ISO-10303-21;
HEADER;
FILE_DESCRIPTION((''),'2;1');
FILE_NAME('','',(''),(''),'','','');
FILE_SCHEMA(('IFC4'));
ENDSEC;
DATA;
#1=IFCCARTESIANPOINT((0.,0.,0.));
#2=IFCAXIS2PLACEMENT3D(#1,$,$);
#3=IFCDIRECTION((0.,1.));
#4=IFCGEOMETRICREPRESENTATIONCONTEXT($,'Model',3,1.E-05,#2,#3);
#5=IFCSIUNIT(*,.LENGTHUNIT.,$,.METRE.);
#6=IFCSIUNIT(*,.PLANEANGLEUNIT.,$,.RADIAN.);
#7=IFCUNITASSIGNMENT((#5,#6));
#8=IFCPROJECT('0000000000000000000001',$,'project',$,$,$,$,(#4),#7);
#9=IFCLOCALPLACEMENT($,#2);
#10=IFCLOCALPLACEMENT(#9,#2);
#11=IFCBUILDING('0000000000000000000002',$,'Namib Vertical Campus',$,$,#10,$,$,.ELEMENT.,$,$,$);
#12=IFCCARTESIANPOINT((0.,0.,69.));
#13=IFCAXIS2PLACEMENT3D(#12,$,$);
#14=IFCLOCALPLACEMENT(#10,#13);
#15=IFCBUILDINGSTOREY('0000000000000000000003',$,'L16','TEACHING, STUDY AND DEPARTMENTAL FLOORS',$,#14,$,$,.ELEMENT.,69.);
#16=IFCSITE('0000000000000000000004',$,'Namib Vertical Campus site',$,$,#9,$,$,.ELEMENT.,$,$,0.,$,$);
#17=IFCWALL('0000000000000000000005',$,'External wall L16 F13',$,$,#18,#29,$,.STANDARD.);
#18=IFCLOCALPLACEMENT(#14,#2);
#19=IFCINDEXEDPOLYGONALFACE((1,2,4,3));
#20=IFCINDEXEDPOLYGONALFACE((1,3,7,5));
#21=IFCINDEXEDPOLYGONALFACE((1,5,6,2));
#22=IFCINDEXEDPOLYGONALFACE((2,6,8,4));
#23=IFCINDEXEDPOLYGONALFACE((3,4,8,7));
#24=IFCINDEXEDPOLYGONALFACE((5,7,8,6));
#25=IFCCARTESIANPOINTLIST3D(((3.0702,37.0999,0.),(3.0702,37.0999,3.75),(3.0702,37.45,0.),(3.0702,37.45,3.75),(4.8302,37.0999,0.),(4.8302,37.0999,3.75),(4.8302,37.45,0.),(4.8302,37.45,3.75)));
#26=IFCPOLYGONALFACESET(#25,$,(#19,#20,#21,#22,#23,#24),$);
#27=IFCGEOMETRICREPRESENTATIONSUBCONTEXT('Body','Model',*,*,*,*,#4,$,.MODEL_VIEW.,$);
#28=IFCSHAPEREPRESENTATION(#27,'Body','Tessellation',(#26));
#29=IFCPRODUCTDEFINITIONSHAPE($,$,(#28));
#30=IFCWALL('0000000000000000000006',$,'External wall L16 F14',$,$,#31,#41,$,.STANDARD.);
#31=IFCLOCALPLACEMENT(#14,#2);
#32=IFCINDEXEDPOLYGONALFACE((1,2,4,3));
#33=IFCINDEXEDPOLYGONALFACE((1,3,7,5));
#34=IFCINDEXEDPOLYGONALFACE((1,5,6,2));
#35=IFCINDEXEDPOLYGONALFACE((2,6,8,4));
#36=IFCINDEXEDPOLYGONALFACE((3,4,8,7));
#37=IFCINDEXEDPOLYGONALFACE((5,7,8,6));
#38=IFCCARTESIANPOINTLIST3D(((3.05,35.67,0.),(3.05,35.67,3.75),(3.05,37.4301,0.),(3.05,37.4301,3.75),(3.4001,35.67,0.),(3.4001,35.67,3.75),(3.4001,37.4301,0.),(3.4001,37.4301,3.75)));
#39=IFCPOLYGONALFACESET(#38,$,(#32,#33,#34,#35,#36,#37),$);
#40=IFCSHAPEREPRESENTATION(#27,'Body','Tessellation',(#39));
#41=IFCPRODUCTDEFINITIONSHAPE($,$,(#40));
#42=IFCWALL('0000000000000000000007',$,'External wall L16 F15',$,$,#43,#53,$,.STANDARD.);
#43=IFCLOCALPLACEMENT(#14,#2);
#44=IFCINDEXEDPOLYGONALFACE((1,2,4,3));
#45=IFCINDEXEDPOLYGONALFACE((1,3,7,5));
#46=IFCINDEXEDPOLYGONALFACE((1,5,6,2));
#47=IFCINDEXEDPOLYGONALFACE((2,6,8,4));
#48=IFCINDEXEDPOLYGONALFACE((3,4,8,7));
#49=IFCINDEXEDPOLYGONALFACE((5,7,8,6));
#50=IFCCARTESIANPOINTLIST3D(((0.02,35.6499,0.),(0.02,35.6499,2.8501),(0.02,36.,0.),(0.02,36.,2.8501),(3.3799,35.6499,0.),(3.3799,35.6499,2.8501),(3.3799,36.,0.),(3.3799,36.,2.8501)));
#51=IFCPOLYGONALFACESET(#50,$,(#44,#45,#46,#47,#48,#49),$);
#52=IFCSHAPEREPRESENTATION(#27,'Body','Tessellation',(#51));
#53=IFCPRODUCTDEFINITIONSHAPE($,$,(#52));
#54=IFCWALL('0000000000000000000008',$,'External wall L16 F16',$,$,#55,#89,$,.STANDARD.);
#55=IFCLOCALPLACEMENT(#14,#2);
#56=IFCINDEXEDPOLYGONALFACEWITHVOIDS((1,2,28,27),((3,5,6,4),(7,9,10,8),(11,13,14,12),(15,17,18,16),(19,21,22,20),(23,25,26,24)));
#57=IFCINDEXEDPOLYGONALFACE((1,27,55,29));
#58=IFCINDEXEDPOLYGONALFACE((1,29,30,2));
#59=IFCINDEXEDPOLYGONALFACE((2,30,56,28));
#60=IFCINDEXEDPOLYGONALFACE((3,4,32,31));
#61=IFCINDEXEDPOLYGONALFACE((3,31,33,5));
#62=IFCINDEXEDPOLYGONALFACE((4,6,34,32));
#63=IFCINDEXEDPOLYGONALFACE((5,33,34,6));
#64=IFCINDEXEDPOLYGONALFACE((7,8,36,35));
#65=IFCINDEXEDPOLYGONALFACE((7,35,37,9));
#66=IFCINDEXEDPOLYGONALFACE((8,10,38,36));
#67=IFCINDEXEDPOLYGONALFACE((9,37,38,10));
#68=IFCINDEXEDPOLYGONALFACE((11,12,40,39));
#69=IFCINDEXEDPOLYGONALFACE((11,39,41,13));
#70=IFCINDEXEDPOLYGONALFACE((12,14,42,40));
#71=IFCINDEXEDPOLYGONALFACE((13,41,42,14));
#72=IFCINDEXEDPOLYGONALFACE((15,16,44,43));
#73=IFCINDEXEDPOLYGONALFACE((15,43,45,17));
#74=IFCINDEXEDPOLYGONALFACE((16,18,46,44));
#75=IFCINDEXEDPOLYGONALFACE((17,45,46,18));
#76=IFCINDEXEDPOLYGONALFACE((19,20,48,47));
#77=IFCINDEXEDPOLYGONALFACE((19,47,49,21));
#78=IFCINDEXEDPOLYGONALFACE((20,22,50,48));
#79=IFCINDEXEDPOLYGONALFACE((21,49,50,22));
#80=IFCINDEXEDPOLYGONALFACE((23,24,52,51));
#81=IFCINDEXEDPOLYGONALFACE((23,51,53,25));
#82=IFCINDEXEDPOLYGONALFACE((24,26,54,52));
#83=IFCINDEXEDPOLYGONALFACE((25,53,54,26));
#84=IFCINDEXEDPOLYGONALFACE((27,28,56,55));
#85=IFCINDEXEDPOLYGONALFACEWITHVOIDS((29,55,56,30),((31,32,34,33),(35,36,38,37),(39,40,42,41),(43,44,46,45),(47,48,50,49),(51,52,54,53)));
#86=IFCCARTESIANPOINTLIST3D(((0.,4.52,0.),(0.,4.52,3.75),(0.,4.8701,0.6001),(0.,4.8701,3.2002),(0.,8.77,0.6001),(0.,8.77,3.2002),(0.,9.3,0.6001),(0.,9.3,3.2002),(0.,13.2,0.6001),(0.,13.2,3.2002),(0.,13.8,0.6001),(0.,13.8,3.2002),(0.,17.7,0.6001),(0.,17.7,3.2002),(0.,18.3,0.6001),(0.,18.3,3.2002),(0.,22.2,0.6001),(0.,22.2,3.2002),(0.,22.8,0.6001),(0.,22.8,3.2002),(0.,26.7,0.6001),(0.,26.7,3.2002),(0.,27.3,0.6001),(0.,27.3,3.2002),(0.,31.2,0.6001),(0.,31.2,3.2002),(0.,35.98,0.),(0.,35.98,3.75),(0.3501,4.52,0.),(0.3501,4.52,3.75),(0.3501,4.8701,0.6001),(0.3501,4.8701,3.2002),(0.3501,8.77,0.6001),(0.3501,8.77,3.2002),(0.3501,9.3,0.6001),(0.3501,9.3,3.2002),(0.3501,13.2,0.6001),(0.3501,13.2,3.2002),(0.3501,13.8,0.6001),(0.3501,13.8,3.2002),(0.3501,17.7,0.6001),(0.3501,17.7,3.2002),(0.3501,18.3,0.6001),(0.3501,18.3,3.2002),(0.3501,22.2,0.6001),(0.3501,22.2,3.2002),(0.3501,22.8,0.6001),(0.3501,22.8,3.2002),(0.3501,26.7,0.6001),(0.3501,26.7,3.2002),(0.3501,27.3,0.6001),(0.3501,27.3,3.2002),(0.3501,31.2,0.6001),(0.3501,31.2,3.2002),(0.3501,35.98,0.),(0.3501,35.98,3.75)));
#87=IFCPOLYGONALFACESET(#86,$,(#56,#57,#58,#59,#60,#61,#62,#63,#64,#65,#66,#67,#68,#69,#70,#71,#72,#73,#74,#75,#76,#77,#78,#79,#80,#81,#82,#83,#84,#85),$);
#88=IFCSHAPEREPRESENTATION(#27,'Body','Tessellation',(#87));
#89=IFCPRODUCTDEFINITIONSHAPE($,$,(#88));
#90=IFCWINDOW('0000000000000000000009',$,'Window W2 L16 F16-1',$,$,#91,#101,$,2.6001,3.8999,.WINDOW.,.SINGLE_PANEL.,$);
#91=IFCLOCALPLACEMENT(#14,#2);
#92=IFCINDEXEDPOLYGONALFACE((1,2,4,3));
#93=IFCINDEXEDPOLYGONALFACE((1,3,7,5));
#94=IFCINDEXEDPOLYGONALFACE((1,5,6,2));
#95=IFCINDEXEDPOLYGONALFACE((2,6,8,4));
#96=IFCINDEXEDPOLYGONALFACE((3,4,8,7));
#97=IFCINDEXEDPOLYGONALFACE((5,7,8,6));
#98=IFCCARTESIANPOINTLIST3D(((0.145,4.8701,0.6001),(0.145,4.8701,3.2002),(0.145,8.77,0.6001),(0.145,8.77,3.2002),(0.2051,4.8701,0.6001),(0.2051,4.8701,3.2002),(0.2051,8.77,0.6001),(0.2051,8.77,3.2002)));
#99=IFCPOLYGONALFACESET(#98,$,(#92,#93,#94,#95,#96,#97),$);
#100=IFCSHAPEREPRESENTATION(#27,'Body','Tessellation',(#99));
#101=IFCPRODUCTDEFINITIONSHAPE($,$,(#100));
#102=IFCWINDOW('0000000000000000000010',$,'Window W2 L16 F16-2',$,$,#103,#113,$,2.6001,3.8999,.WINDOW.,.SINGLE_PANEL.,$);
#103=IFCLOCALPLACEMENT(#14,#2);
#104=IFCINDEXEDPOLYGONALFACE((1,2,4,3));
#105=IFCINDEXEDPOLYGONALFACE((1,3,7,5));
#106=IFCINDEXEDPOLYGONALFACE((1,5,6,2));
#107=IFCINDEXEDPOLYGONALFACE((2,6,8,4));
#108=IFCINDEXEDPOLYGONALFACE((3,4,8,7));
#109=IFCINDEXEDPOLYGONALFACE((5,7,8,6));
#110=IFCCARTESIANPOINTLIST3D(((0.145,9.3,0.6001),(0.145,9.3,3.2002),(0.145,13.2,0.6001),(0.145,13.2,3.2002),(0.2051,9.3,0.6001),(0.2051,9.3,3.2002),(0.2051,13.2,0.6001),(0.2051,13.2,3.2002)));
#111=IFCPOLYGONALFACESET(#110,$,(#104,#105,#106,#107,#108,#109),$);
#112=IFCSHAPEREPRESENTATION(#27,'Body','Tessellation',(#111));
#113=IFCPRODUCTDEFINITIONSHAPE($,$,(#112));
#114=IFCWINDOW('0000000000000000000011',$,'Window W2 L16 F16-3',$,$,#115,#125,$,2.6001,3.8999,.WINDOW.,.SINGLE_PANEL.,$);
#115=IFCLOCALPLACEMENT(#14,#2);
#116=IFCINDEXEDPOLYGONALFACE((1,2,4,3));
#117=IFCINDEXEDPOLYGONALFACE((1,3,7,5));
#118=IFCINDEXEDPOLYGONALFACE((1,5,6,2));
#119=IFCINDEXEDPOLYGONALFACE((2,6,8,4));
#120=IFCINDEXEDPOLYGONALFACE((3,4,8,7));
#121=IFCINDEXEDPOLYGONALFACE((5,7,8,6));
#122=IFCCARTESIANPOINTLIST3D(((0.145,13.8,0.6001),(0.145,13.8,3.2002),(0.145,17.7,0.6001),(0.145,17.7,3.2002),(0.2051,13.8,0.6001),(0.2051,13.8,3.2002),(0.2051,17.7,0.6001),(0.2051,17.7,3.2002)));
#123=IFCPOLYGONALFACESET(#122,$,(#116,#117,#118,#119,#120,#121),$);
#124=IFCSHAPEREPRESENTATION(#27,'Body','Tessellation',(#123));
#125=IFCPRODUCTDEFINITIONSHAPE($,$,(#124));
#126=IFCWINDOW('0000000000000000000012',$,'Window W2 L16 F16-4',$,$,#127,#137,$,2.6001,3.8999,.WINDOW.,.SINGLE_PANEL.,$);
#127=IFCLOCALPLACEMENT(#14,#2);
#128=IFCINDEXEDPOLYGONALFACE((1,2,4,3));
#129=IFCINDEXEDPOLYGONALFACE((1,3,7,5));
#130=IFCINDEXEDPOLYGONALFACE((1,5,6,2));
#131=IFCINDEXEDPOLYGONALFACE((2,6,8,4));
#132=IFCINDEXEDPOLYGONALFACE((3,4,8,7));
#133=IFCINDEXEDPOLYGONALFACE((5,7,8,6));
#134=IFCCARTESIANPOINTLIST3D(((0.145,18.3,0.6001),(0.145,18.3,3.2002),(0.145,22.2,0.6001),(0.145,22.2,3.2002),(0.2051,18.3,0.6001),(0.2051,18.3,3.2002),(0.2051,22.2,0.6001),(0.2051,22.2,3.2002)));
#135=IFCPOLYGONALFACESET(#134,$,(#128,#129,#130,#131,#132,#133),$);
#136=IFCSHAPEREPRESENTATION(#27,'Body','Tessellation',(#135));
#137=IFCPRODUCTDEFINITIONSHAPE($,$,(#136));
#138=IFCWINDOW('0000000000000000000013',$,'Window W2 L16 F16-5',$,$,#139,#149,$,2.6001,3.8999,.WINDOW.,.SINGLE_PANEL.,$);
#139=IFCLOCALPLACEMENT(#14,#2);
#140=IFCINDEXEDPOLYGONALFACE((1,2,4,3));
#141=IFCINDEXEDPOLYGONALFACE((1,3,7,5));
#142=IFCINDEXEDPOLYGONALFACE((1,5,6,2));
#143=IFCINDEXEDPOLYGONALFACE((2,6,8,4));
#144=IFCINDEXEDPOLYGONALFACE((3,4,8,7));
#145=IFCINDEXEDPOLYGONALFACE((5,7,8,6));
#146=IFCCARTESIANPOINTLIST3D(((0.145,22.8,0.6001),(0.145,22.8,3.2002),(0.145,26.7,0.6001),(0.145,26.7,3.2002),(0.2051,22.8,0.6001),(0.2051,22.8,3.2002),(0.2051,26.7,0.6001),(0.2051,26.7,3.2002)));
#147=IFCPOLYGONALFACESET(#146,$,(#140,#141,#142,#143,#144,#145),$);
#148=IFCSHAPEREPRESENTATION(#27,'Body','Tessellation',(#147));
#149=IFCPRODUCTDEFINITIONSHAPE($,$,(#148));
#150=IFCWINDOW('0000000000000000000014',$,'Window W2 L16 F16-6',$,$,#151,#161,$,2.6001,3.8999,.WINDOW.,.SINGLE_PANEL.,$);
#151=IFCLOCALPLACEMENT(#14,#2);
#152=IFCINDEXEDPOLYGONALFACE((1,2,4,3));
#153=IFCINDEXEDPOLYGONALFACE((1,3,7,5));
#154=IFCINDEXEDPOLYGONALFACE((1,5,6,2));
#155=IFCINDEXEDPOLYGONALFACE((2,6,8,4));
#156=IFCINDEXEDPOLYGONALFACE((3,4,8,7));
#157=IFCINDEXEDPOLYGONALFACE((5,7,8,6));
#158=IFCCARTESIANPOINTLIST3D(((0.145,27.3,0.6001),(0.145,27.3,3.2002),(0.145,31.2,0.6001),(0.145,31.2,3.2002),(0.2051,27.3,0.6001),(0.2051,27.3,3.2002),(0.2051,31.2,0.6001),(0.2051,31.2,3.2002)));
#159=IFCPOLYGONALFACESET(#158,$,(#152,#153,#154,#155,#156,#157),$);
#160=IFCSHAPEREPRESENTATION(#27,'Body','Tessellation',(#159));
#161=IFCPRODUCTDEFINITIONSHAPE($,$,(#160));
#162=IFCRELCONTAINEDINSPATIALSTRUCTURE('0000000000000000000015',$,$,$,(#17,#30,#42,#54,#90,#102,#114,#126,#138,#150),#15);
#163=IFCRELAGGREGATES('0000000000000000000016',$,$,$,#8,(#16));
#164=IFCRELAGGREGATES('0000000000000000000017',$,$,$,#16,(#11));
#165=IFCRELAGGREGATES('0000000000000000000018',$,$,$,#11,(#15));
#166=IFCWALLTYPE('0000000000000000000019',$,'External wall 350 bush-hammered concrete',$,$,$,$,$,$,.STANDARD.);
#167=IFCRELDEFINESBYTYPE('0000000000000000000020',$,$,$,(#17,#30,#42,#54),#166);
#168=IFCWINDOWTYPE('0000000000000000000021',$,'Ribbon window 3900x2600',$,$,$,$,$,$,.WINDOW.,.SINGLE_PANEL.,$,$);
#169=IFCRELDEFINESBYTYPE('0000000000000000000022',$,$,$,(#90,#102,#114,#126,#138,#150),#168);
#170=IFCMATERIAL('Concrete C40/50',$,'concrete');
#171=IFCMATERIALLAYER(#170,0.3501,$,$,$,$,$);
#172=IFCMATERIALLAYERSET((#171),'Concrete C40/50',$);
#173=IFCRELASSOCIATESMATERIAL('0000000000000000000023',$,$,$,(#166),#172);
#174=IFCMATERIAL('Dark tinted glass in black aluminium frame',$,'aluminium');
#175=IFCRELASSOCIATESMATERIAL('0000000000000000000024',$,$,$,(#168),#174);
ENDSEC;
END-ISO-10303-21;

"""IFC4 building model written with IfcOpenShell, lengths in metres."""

from ifc_helpers import new_model, si_unit, direction, frame, frame_2d, origin, place, context, subcontext, project, spatial, rectangle, extrude, material, layer, layer_set, type_object, element, fill, save


model = new_model("IFC4")

# Units and contexts
model_context = context("Model", 3, precision=1e-05, world=origin(), true_north=direction((0.0, 1.0)))
body_context = subcontext(model_context, "Body", "Model", "MODEL_VIEW")
ifc_project = project(units=[si_unit("LENGTHUNIT", "METRE"), si_unit("PLANEANGLEUNIT", "RADIAN")], contexts=[model_context])

# Site, building, storey
site_placement = place(None, origin())
site = spatial("IfcSite", under=ifc_project, at=site_placement, Name="Namib Vertical Campus site", CompositionType="ELEMENT", RefElevation=0.0)
building_placement = place(site_placement, origin())
building = spatial("IfcBuilding", under=site, at=building_placement, Name="Namib Vertical Campus", CompositionType="ELEMENT")
storey_placement = place(building_placement, frame((0.0, 0.0, 69.0)))
storey = spatial("IfcBuildingStorey", under=building, at=storey_placement, Name="L16", Description="TEACHING, STUDY AND DEPARTMENTAL FLOORS", CompositionType="ELEMENT", Elevation=69.0)

# Walls
ifc_material_1 = material(Name="Concrete C40/50", Category="concrete")
ifc_layer_1 = layer(ifc_material_1, 0.3501)
ifc_layer_set_1 = layer_set([ifc_layer_1], Name="Concrete C40/50")
wall_type_1 = type_object("IfcWallType", Name="External wall 350 bush-hammered concrete", PredefinedType="STANDARD", material=ifc_layer_set_1)
for number, where, z_axis, x_axis, name in (
    (1, (4.8301, 37.2749, 0.0), (0.0, 0.0, 1.0), (-1.0, 0.0, 0.0), "External wall L16 F13"),
    (2, (3.2251, 37.4299, 0.0), (0.0, 0.0, 1.0), (0.0, -1.0, 0.0), "External wall L16 F14"),
):
    element("IfcWall", number, at=place(storey_placement, frame(where, z_axis=z_axis, x_axis=x_axis)), inside=storey, type_object=wall_type_1, Name=name, PredefinedType="STANDARD", context=body_context, shape_type="SweptSolid", body=[
        extrude(rectangle(XDim=1.76, YDim=0.3501, at=frame_2d((0.8799, 0.0))), origin(), (0.0, 0.0, 1.0), 3.75),
    ])
wall_1_placement = place(storey_placement, frame((3.3799, 35.825, 0.0), z_axis=(0.0, 0.0, 1.0), x_axis=(-1.0, 0.0, 0.0)))
element("IfcWall", 3, at=wall_1_placement, inside=storey, type_object=wall_type_1, Name="External wall L16 F15", PredefinedType="STANDARD", context=body_context, shape_type="SweptSolid", body=[
    extrude(rectangle(XDim=3.3599, YDim=0.3501, at=frame_2d((1.6799, 0.0))), origin(), (0.0, 0.0, 1.0), 2.8501),
])

# Wall, openings, windows
wall_2_placement = place(storey_placement, frame((0.175, 35.98, 0.0), z_axis=(0.0, 0.0, 1.0), x_axis=(0.0, -1.0, 0.0)))
wall_2 = element("IfcWall", 4, at=wall_2_placement, inside=storey, type_object=wall_type_1, Name="External wall L16 F16", PredefinedType="STANDARD", context=body_context, shape_type="SweptSolid", body=[
    extrude(rectangle(XDim=31.46, YDim=0.3501, at=frame_2d((15.73, 0.0))), origin(), (0.0, 0.0, 1.0), 3.75),
])
opening_1_placement = place(wall_2_placement, frame((27.21, 0.0, 0.6001)))
opening_1 = element("IfcOpeningElement", 5, at=opening_1_placement, cuts=wall_2, PredefinedType="OPENING", context=body_context, shape_type="SweptSolid", body=[
    extrude(rectangle(XDim=3.8999, YDim=2.6001, at=frame_2d((1.95, 1.3))), frame((0.0, 0.1851, 0.0), z_axis=(0.0, -1.0, 0.0), x_axis=(1.0, 0.0, 0.0)), (0.0, 0.0, 1.0), 0.3701),
])
opening_2_placement = place(wall_2_placement, frame((22.78, 0.0, 0.6001)))
opening_2 = element("IfcOpeningElement", 6, at=opening_2_placement, cuts=wall_2, PredefinedType="OPENING", context=body_context, shape_type="SweptSolid", body=[
    extrude(rectangle(XDim=3.8999, YDim=2.6001, at=frame_2d((1.95, 1.3))), frame((0.0, 0.1851, 0.0), z_axis=(0.0, -1.0, 0.0), x_axis=(1.0, 0.0, 0.0)), (0.0, 0.0, 1.0), 0.3701),
])
opening_3_placement = place(wall_2_placement, frame((18.28, 0.0, 0.6001)))
opening_3 = element("IfcOpeningElement", 7, at=opening_3_placement, cuts=wall_2, PredefinedType="OPENING", context=body_context, shape_type="SweptSolid", body=[
    extrude(rectangle(XDim=3.8999, YDim=2.6001, at=frame_2d((1.95, 1.3))), frame((0.0, 0.1851, 0.0), z_axis=(0.0, -1.0, 0.0), x_axis=(1.0, 0.0, 0.0)), (0.0, 0.0, 1.0), 0.3701),
])
opening_4_placement = place(wall_2_placement, frame((13.78, 0.0, 0.6001)))
opening_4 = element("IfcOpeningElement", 8, at=opening_4_placement, cuts=wall_2, PredefinedType="OPENING", context=body_context, shape_type="SweptSolid", body=[
    extrude(rectangle(XDim=3.8999, YDim=2.6001, at=frame_2d((1.95, 1.3))), frame((0.0, 0.1851, 0.0), z_axis=(0.0, -1.0, 0.0), x_axis=(1.0, 0.0, 0.0)), (0.0, 0.0, 1.0), 0.3701),
])
opening_5_placement = place(wall_2_placement, frame((9.28, 0.0, 0.6001)))
opening_5 = element("IfcOpeningElement", 9, at=opening_5_placement, cuts=wall_2, PredefinedType="OPENING", context=body_context, shape_type="SweptSolid", body=[
    extrude(rectangle(XDim=3.8999, YDim=2.6001, at=frame_2d((1.95, 1.3))), frame((0.0, 0.1851, 0.0), z_axis=(0.0, -1.0, 0.0), x_axis=(1.0, 0.0, 0.0)), (0.0, 0.0, 1.0), 0.3701),
])
opening_6_placement = place(wall_2_placement, frame((4.78, 0.0, 0.6001)))
opening_6 = element("IfcOpeningElement", 10, at=opening_6_placement, cuts=wall_2, PredefinedType="OPENING", context=body_context, shape_type="SweptSolid", body=[
    extrude(rectangle(XDim=3.8999, YDim=2.6001, at=frame_2d((1.95, 1.3))), frame((0.0, 0.1851, 0.0), z_axis=(0.0, -1.0, 0.0), x_axis=(1.0, 0.0, 0.0)), (0.0, 0.0, 1.0), 0.3701),
])
ifc_material_2 = material(Name="Dark tinted glass in black aluminium frame", Category="aluminium")
window_type = type_object("IfcWindowType", Name="Ribbon window 3900x2600", PartitioningType="SINGLE_PANEL", PredefinedType="WINDOW", material=ifc_material_2)
window_1_placement = place(opening_1_placement, origin())
window_1 = element("IfcWindow", 11, at=window_1_placement, inside=storey, type_object=window_type, Name="Window W2 L16 F16-1", OverallHeight=2.6001, OverallWidth=3.8999, PartitioningType="SINGLE_PANEL", PredefinedType="WINDOW", context=body_context, shape_type="SweptSolid", body=[
    extrude(rectangle(XDim=3.8999, YDim=2.6001, at=frame_2d((1.95, 1.3))), frame((0.0, 0.03, 0.0), z_axis=(0.0, -1.0, 0.0), x_axis=(1.0, 0.0, 0.0)), (0.0, 0.0, 1.0), 0.0601),
])
fill(opening_1, window_1)
window_2_placement = place(opening_2_placement, origin())
window_2 = element("IfcWindow", 12, at=window_2_placement, inside=storey, type_object=window_type, Name="Window W2 L16 F16-2", OverallHeight=2.6001, OverallWidth=3.8999, PartitioningType="SINGLE_PANEL", PredefinedType="WINDOW", context=body_context, shape_type="SweptSolid", body=[
    extrude(rectangle(XDim=3.8999, YDim=2.6001, at=frame_2d((1.95, 1.3))), frame((0.0, 0.03, 0.0), z_axis=(0.0, -1.0, 0.0), x_axis=(1.0, 0.0, 0.0)), (0.0, 0.0, 1.0), 0.0601),
])
fill(opening_2, window_2)
window_3_placement = place(opening_3_placement, origin())
window_3 = element("IfcWindow", 13, at=window_3_placement, inside=storey, type_object=window_type, Name="Window W2 L16 F16-3", OverallHeight=2.6001, OverallWidth=3.8999, PartitioningType="SINGLE_PANEL", PredefinedType="WINDOW", context=body_context, shape_type="SweptSolid", body=[
    extrude(rectangle(XDim=3.8999, YDim=2.6001, at=frame_2d((1.95, 1.3))), frame((0.0, 0.03, 0.0), z_axis=(0.0, -1.0, 0.0), x_axis=(1.0, 0.0, 0.0)), (0.0, 0.0, 1.0), 0.0601),
])
fill(opening_3, window_3)
window_4_placement = place(opening_4_placement, origin())
window_4 = element("IfcWindow", 14, at=window_4_placement, inside=storey, type_object=window_type, Name="Window W2 L16 F16-4", OverallHeight=2.6001, OverallWidth=3.8999, PartitioningType="SINGLE_PANEL", PredefinedType="WINDOW", context=body_context, shape_type="SweptSolid", body=[
    extrude(rectangle(XDim=3.8999, YDim=2.6001, at=frame_2d((1.95, 1.3))), frame((0.0, 0.03, 0.0), z_axis=(0.0, -1.0, 0.0), x_axis=(1.0, 0.0, 0.0)), (0.0, 0.0, 1.0), 0.0601),
])
fill(opening_4, window_4)
window_5_placement = place(opening_5_placement, origin())
window_5 = element("IfcWindow", 15, at=window_5_placement, inside=storey, type_object=window_type, Name="Window W2 L16 F16-5", OverallHeight=2.6001, OverallWidth=3.8999, PartitioningType="SINGLE_PANEL", PredefinedType="WINDOW", context=body_context, shape_type="SweptSolid", body=[
    extrude(rectangle(XDim=3.8999, YDim=2.6001, at=frame_2d((1.95, 1.3))), frame((0.0, 0.03, 0.0), z_axis=(0.0, -1.0, 0.0), x_axis=(1.0, 0.0, 0.0)), (0.0, 0.0, 1.0), 0.0601),
])
fill(opening_5, window_5)
window_6_placement = place(opening_6_placement, origin())
window_6 = element("IfcWindow", 16, at=window_6_placement, inside=storey, type_object=window_type, Name="Window W2 L16 F16-6", OverallHeight=2.6001, OverallWidth=3.8999, PartitioningType="SINGLE_PANEL", PredefinedType="WINDOW", context=body_context, shape_type="SweptSolid", body=[
    extrude(rectangle(XDim=3.8999, YDim=2.6001, at=frame_2d((1.95, 1.3))), frame((0.0, 0.03, 0.0), z_axis=(0.0, -1.0, 0.0), x_axis=(1.0, 0.0, 0.0)), (0.0, 0.0, 1.0), 0.0601),
])
fill(opening_6, window_6)

save(model, "model.ifc")
